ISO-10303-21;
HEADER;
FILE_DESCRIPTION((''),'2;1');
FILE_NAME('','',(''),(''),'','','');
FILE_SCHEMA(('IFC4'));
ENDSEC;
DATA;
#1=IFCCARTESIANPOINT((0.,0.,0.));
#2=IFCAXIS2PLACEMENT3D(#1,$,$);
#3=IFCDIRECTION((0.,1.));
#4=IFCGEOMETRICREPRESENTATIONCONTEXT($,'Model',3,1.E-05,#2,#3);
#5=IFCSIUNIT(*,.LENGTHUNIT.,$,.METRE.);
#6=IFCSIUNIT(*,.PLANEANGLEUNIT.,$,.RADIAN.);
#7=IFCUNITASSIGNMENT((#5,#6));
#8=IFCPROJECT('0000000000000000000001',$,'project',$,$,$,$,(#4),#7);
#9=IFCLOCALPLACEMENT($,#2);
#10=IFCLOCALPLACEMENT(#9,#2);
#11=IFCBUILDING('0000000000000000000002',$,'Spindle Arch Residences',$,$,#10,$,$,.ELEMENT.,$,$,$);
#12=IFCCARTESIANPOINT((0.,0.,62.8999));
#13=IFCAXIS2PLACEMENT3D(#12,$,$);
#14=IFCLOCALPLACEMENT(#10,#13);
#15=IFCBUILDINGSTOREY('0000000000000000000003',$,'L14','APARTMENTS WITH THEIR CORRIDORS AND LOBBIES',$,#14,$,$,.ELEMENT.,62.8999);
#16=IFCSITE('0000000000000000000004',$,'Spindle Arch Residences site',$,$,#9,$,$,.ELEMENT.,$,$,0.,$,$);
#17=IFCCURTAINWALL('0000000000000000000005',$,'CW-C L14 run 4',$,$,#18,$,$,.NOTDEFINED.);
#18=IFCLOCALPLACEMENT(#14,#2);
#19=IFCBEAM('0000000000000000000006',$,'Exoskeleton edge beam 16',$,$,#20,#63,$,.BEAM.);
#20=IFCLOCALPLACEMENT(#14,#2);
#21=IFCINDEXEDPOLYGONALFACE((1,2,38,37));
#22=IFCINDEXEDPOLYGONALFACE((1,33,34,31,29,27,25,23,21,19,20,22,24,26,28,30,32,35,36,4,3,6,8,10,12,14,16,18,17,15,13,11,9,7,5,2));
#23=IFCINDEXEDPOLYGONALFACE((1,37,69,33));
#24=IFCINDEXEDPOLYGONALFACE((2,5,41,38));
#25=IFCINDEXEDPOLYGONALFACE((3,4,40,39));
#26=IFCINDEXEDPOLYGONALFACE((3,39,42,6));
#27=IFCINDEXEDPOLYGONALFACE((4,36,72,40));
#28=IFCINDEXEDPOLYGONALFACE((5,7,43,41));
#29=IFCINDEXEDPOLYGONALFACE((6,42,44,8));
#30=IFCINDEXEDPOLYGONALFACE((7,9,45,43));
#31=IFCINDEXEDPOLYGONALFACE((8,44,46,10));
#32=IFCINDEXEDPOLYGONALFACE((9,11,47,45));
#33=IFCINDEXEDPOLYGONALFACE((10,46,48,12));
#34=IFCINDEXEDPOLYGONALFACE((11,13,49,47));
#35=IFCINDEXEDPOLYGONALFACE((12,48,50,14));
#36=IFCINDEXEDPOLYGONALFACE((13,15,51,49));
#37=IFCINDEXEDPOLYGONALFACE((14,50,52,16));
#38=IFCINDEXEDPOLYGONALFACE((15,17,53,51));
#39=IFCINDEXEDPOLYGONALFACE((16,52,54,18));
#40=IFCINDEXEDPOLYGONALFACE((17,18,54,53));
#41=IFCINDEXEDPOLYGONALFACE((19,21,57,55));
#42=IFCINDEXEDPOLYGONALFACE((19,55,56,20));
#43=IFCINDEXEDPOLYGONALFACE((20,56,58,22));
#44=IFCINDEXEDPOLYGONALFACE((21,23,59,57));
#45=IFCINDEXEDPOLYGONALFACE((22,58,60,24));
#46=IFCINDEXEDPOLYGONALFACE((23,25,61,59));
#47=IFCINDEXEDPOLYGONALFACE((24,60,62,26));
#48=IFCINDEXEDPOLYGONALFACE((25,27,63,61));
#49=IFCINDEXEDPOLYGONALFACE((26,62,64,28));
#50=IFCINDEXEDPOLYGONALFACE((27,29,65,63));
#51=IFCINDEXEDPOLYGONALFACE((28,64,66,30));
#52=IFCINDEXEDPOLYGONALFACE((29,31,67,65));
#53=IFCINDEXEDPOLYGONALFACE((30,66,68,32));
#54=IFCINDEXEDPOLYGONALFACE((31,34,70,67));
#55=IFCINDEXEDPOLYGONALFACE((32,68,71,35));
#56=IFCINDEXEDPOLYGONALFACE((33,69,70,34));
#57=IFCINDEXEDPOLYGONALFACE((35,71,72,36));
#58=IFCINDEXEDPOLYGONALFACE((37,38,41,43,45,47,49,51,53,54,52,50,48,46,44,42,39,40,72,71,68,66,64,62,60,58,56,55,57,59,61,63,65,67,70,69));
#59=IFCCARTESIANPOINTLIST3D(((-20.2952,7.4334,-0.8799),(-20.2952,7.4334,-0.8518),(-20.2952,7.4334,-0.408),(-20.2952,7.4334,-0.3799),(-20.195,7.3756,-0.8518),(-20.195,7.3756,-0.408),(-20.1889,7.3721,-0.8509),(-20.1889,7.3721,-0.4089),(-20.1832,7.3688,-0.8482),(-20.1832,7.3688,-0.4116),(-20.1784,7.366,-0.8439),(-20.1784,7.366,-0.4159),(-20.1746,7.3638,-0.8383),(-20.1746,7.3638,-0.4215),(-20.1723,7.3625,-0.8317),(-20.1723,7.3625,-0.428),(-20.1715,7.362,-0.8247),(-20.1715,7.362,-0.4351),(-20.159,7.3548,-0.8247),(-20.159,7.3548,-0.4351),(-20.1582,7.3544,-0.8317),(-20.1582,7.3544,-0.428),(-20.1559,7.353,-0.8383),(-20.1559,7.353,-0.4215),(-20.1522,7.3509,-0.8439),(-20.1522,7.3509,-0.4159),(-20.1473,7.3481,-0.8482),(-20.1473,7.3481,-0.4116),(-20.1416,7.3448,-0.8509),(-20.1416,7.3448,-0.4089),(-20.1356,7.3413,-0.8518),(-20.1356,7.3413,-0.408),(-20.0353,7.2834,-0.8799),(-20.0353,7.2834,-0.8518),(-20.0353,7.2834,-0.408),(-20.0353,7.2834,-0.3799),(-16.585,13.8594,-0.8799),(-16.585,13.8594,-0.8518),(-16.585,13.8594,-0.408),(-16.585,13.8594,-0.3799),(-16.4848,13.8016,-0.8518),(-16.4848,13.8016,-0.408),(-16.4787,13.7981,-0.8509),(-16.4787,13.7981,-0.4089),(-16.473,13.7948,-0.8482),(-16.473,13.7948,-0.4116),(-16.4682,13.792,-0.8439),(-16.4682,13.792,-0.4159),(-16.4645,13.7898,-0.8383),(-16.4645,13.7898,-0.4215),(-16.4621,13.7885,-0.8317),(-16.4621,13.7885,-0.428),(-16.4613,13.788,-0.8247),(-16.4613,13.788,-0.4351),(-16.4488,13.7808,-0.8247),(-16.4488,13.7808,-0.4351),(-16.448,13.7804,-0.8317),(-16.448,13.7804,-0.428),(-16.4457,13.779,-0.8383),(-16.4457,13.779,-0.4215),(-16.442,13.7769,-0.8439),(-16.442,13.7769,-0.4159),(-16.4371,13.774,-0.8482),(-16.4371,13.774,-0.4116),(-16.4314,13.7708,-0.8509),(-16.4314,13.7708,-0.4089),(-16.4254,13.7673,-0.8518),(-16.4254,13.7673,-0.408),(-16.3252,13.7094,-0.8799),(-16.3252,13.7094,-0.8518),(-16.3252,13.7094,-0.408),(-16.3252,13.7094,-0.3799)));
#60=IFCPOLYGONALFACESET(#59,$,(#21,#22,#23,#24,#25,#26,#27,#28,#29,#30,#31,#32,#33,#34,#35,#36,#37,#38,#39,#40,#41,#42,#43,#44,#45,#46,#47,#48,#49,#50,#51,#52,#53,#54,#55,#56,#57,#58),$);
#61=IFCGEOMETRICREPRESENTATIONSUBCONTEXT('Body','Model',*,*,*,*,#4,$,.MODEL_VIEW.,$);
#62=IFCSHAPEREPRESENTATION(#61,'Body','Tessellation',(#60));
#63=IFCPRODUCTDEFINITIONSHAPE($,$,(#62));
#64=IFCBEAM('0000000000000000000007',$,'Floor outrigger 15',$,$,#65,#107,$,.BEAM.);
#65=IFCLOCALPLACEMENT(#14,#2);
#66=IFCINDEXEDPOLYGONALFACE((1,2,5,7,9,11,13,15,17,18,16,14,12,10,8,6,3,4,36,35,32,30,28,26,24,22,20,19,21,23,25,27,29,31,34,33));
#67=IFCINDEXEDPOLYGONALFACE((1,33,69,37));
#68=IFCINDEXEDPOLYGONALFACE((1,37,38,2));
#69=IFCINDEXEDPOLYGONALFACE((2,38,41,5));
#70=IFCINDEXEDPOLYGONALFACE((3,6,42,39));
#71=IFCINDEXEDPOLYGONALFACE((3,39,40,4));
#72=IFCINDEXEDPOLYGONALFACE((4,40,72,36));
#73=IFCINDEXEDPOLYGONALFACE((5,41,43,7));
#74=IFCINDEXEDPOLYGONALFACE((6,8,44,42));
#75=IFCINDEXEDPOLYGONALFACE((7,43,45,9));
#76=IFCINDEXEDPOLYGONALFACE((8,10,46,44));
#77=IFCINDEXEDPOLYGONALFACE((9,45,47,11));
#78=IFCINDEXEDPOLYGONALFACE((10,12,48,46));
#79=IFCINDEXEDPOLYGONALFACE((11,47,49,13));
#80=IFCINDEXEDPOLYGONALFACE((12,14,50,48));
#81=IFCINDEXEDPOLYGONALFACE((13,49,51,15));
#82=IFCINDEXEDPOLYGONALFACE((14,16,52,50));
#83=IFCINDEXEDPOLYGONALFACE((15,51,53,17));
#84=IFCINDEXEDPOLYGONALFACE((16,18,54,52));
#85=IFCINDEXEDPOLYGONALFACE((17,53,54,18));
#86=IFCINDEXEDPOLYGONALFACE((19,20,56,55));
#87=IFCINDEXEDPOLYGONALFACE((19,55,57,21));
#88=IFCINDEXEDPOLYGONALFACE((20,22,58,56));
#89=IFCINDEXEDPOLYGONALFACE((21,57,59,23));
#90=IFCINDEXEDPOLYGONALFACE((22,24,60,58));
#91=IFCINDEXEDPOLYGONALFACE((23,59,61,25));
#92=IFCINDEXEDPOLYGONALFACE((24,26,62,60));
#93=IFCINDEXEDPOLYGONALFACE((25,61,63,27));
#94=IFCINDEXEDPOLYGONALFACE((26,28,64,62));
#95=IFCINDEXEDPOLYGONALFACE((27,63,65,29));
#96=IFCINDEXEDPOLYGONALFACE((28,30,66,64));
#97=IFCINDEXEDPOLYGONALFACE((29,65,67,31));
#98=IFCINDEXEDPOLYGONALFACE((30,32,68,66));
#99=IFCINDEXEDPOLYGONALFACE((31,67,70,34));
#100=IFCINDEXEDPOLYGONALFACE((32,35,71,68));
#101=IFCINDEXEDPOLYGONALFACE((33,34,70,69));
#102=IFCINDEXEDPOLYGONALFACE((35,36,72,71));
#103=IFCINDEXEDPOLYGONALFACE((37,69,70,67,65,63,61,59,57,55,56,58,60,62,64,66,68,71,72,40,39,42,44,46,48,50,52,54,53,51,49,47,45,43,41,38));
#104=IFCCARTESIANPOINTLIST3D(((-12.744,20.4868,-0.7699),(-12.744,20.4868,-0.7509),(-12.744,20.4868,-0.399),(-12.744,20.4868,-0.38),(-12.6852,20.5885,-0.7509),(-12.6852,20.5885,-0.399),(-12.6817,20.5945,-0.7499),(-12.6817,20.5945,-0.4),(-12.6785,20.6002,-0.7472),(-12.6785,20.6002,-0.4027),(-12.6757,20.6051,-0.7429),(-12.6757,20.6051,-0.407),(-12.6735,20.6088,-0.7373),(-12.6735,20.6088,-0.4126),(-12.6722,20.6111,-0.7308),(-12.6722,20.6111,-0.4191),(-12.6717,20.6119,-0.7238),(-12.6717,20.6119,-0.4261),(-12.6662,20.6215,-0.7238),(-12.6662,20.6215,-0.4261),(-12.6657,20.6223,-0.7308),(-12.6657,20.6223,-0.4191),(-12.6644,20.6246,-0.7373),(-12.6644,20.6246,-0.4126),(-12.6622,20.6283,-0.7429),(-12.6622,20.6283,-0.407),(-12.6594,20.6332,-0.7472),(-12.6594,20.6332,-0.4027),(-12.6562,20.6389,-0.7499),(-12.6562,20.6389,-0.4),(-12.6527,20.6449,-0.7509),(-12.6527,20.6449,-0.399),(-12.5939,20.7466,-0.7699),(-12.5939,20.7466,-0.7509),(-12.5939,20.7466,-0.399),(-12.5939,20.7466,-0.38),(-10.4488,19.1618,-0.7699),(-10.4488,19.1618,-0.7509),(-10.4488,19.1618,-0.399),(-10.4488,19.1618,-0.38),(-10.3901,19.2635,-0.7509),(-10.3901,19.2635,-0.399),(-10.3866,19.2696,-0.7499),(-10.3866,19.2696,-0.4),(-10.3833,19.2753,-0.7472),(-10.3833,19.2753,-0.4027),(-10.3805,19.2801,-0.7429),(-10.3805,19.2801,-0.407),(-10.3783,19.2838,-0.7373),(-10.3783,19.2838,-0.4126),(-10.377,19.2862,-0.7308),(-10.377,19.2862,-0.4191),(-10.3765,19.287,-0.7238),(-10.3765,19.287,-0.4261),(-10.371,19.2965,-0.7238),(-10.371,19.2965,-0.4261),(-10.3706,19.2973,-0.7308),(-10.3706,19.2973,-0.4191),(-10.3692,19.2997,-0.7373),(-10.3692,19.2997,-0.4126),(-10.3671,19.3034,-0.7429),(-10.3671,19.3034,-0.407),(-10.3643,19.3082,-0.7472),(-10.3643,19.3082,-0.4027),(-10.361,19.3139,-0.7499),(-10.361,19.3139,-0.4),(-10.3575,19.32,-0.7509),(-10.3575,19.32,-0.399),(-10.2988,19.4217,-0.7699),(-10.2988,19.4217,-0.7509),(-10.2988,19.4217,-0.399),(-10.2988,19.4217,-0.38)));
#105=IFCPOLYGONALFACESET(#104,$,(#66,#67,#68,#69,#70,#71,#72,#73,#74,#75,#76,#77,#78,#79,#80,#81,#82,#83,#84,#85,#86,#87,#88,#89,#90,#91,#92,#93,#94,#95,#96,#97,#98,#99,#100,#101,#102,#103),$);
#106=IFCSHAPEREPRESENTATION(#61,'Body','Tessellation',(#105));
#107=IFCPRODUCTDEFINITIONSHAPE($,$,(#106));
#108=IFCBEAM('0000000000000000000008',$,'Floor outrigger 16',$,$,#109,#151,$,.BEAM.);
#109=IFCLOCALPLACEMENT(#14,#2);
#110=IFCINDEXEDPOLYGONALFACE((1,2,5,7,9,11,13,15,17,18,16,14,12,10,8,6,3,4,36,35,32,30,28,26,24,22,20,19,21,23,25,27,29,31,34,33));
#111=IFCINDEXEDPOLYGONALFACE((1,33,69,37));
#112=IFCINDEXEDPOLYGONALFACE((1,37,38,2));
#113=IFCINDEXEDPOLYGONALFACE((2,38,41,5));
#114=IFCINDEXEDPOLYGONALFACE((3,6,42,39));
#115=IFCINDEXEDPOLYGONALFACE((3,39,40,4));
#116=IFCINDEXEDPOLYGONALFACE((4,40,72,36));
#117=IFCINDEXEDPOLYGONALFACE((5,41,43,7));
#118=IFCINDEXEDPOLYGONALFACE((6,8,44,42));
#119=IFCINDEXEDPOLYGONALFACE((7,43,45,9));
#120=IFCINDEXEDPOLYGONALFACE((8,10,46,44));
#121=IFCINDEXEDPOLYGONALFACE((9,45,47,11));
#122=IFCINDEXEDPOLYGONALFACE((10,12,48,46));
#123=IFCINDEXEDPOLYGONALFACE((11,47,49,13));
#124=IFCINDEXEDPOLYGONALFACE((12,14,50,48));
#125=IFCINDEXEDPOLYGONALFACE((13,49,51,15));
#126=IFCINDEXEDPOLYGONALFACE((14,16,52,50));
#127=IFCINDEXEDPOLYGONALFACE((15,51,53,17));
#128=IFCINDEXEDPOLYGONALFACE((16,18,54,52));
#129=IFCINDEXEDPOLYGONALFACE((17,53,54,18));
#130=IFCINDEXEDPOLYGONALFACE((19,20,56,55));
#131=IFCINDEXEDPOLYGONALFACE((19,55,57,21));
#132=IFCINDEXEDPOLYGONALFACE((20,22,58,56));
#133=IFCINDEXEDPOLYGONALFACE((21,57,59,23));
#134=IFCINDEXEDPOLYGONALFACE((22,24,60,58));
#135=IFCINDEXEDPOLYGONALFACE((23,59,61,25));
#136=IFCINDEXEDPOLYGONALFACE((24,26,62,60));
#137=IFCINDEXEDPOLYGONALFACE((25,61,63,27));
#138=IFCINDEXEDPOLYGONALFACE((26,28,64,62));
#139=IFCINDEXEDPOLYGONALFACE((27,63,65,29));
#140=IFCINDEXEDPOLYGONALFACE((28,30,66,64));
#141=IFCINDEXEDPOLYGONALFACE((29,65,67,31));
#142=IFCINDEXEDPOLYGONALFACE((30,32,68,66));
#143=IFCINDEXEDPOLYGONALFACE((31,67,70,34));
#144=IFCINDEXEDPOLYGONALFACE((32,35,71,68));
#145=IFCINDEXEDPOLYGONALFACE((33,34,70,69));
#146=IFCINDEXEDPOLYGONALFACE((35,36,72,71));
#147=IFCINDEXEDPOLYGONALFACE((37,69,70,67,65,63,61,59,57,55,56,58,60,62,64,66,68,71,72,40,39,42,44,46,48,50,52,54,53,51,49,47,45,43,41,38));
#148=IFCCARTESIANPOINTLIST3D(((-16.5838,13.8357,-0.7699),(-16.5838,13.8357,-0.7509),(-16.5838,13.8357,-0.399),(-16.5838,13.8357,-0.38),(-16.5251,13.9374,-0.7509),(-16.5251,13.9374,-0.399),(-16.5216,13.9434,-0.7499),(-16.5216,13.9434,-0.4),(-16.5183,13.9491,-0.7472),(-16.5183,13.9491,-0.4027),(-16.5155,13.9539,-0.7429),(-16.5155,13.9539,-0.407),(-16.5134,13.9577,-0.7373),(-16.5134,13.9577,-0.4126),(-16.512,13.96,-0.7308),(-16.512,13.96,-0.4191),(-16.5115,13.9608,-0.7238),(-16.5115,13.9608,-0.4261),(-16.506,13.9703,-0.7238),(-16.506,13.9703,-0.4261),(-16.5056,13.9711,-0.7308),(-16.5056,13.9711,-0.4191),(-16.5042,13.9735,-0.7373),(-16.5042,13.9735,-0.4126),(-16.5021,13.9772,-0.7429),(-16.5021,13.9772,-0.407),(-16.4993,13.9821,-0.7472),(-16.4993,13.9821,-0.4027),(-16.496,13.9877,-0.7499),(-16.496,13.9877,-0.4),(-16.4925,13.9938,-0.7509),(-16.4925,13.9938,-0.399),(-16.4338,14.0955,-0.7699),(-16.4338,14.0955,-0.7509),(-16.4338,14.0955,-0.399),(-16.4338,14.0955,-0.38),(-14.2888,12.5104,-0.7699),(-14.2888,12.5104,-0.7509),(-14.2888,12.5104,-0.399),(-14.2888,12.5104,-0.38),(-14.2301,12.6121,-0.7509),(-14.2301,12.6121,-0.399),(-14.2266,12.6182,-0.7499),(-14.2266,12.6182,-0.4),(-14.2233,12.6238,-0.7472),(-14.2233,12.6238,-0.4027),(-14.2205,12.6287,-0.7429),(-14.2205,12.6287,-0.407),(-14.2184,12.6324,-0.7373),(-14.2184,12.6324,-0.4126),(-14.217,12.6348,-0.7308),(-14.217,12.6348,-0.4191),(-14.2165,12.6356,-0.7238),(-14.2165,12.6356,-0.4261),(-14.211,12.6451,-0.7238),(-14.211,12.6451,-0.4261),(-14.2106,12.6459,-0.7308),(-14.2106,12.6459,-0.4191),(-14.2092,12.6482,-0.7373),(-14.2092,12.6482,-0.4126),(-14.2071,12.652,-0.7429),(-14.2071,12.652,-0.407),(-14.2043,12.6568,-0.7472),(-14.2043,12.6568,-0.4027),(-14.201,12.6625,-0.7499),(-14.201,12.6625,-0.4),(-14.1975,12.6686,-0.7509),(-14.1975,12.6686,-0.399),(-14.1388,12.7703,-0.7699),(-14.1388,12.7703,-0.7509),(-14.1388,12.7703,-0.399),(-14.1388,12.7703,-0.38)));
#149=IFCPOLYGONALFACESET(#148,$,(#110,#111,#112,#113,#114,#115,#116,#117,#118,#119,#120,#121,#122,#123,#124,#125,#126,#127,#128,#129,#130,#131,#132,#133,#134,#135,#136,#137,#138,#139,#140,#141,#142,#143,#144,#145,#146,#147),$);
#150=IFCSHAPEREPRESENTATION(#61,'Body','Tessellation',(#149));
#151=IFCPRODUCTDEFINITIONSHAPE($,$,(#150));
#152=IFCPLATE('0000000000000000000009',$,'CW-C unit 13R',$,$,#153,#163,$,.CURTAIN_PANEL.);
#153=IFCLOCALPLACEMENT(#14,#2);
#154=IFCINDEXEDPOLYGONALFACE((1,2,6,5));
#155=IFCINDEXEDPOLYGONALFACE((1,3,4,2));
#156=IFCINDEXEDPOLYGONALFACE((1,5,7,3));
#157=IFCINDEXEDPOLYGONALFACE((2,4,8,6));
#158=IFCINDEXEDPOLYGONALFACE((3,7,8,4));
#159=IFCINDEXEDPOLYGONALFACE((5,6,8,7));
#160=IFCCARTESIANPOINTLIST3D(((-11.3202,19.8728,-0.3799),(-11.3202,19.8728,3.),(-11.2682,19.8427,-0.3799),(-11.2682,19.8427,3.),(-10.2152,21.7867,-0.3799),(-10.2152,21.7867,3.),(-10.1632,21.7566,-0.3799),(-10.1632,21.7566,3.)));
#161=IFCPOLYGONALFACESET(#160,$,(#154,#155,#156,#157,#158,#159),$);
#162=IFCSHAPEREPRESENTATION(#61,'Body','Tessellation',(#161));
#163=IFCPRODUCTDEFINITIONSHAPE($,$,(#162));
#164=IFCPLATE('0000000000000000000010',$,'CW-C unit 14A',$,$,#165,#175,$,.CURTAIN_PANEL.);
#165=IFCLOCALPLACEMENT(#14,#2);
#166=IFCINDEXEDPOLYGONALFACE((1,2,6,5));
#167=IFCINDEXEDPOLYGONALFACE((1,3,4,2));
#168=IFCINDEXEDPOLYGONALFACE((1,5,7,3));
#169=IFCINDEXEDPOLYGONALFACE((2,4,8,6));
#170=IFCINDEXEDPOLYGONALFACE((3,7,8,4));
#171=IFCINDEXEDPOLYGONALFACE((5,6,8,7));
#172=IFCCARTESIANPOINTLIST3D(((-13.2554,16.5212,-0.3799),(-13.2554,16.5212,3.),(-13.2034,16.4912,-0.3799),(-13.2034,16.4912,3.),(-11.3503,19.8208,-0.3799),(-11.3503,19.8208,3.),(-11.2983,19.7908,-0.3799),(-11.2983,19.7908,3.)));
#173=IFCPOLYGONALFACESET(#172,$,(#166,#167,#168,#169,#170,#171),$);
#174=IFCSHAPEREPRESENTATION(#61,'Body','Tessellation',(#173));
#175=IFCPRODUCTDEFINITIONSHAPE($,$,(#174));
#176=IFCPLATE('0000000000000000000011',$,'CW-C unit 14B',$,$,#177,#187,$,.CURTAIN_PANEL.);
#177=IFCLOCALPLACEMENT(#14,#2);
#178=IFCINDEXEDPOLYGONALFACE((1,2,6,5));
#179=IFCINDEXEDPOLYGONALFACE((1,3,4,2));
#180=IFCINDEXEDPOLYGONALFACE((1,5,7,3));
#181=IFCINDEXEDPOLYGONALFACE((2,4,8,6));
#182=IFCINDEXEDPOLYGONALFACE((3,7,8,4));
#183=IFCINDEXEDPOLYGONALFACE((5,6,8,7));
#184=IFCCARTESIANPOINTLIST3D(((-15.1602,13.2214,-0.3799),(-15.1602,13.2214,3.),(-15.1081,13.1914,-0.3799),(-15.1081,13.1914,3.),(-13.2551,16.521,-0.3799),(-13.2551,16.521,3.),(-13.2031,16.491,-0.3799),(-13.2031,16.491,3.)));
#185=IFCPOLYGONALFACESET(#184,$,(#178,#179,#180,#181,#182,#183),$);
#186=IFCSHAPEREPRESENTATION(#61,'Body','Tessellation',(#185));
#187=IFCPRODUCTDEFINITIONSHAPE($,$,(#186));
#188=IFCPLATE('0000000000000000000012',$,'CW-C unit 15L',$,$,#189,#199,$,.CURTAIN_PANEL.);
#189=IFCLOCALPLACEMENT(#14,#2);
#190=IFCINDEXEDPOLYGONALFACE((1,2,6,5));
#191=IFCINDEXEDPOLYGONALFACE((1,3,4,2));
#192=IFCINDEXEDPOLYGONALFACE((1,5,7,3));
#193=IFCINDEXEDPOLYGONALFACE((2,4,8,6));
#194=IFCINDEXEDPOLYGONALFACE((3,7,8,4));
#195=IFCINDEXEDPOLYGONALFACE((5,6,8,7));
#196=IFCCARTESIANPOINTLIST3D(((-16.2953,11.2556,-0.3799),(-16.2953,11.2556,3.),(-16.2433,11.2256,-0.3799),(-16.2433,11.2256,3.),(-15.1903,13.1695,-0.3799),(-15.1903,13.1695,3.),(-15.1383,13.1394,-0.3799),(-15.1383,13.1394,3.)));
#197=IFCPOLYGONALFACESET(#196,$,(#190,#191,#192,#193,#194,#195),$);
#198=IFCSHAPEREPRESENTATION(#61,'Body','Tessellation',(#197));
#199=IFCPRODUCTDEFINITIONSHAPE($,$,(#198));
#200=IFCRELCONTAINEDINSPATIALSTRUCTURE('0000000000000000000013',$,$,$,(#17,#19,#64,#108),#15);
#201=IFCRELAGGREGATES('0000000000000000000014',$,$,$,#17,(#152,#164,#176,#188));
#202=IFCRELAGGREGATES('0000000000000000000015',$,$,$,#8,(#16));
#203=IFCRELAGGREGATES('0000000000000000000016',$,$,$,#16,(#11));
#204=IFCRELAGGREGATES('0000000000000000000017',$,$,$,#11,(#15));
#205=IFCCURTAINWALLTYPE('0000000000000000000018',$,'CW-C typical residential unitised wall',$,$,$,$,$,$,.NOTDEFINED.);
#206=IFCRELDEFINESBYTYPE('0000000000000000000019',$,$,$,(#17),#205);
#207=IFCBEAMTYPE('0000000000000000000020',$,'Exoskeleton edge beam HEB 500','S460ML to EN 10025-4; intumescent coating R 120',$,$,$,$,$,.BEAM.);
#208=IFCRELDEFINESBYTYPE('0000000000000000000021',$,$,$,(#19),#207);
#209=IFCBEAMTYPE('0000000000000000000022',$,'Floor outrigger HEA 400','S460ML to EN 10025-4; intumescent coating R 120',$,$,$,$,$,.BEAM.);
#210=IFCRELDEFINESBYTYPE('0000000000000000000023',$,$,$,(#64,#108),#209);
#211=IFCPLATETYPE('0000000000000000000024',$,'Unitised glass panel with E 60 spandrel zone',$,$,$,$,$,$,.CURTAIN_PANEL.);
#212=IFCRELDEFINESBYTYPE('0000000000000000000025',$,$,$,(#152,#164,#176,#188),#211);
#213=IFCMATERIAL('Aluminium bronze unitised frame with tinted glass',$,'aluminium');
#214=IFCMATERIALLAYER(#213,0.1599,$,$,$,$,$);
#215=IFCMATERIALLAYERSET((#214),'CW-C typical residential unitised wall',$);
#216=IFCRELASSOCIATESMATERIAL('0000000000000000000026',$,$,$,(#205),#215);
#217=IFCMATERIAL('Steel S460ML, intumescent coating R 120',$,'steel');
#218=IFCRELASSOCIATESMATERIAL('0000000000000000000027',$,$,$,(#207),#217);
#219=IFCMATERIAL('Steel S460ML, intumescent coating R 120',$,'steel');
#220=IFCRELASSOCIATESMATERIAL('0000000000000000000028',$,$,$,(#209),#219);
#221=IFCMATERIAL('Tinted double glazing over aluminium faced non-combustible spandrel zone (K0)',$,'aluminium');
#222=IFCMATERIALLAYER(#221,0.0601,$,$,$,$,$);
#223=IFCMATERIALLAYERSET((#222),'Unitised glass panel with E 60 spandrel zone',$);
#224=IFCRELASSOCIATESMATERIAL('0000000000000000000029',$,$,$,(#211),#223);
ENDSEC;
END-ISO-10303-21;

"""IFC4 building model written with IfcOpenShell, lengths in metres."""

from ifc_helpers import new_model, si_unit, direction, frame, origin, origin_2d, place, context, subcontext, project, spatial, rectangle, i_section, extrude, material, layer, layer_set, material_profile, profile_set, type_object, element, aggregate, save


model = new_model("IFC4")

# Units and contexts
model_context = context("Model", 3, precision=1e-05, world=origin(), true_north=direction((0.0, 1.0)))
body_context = subcontext(model_context, "Body", "Model", "MODEL_VIEW")
ifc_project = project(units=[si_unit("LENGTHUNIT", "METRE"), si_unit("PLANEANGLEUNIT", "RADIAN")], contexts=[model_context])

# Site, building, storey
site_placement = place(None, origin())
site = spatial("IfcSite", under=ifc_project, at=site_placement, Name="Spindle Arch Residences site", CompositionType="ELEMENT", RefElevation=0.0)
building_placement = place(site_placement, origin())
building = spatial("IfcBuilding", under=site, at=building_placement, Name="Spindle Arch Residences", CompositionType="ELEMENT")
storey_placement = place(building_placement, frame((0.0, 0.0, 62.8999)))
storey = spatial("IfcBuildingStorey", under=building, at=storey_placement, Name="L14", Description="APARTMENTS WITH THEIR CORRIDORS AND LOBBIES", CompositionType="ELEMENT", Elevation=62.8999)

# Curtain wall
ifc_material_1 = material(Name="Aluminium bronze unitised frame with tinted glass", Category="aluminium")
ifc_layer_1 = layer(ifc_material_1, 0.1599)
ifc_layer_set_1 = layer_set([ifc_layer_1], Name="CW-C typical residential unitised wall")
curtain_wall_type = type_object("IfcCurtainWallType", Name="CW-C typical residential unitised wall", PredefinedType="NOTDEFINED", material=ifc_layer_set_1)
curtain_wall_placement = place(storey_placement, origin())
curtain_wall = element("IfcCurtainWall", 1, at=curtain_wall_placement, inside=storey, type_object=curtain_wall_type, Name="CW-C L14 run 4", PredefinedType="NOTDEFINED")

# Beams
ifc_material_2 = material(Name="Steel S460ML, intumescent coating R 120", Category="steel")
ifc_material_profile_1 = material_profile(ifc_material_2, i_section(OverallWidth=0.3, OverallDepth=0.5, WebThickness=0.0144, FlangeThickness=0.0281, FilletRadius=0.0271, at=origin_2d()), Name="HEB 500")
ifc_profile_set_1 = profile_set([ifc_material_profile_1], Name="Steel S460ML, intumescent coating R 120")
beam_type_1 = type_object("IfcBeamType", Name="Exoskeleton edge beam HEB 500", Description="S460ML to EN 10025-4; intumescent coating R 120", PredefinedType="BEAM", material=ifc_profile_set_1)
for number, where, z_axis, x_axis, name in (
    (2, (-16.4551, 13.7844, -0.6299), (-0.500014, -0.866017, 0.0), (0.866017, -0.500014, 0.0), "Exoskeleton edge beam 16"),
):
    element("IfcBeam", number, at=place(storey_placement, frame(where, z_axis=z_axis, x_axis=x_axis)), inside=storey, type_object=beam_type_1, Name=name, PredefinedType="BEAM", context=body_context, shape_type="SweptSolid", body=[
        extrude(i_section(OverallWidth=0.3, OverallDepth=0.5, WebThickness=0.0144, FlangeThickness=0.0281, FilletRadius=0.0271, at=origin_2d()), origin(), (0.0, 0.0, 1.0), 7.4202),
    ])
ifc_material_3 = material(Name="Steel S460ML, intumescent coating R 120", Category="steel")
ifc_material_profile_2 = material_profile(ifc_material_3, i_section(OverallWidth=0.3, OverallDepth=0.3899, WebThickness=0.011, FlangeThickness=0.019, FilletRadius=0.0271, at=origin_2d()), Name="HEA 400")
ifc_profile_set_2 = profile_set([ifc_material_profile_2], Name="Steel S460ML, intumescent coating R 120")
beam_type_2 = type_object("IfcBeamType", Name="Floor outrigger HEA 400", Description="S460ML to EN 10025-4; intumescent coating R 120", PredefinedType="BEAM", material=ifc_profile_set_2)
for number, where, z_axis, x_axis, name in (
    (3, (-12.6689, 20.6167, -0.575), (0.866052, -0.499954, 0.0), (0.499954, 0.866052, 0.0), "Floor outrigger 15"),
    (4, (-16.5088, 13.9656, -0.575), (0.865989, -0.500063, 0.0), (0.500063, 0.865989, 0.0), "Floor outrigger 16"),
):
    element("IfcBeam", number, at=place(storey_placement, frame(where, z_axis=z_axis, x_axis=x_axis)), inside=storey, type_object=beam_type_2, Name=name, PredefinedType="BEAM", context=body_context, shape_type="SweptSolid", body=[
        extrude(i_section(OverallWidth=0.3, OverallDepth=0.3899, WebThickness=0.011, FlangeThickness=0.019, FilletRadius=0.0271, at=origin_2d()), origin(), (0.0, 0.0, 1.0), 2.6501),
    ])

# Plates
ifc_material_4 = material(Name="Tinted double glazing over aluminium faced non-combustible spandrel zone (K0)", Category="aluminium")
ifc_layer_2 = layer(ifc_material_4, 0.0601)
ifc_layer_set_2 = layer_set([ifc_layer_2], Name="Unitised glass panel with E 60 spandrel zone")
plate_type = type_object("IfcPlateType", Name="Unitised glass panel with E 60 spandrel zone", PredefinedType="CURTAIN_PANEL", material=ifc_layer_set_2)
plate_1_placement = place(storey_placement, frame((-10.7417, 20.8147, -0.3799), z_axis=(0.0, 0.0, 1.0), x_axis=(-0.5, -0.866025, 0.0)))
plate_1 = element("IfcPlate", 5, at=plate_1_placement, type_object=plate_type, Name="CW-C unit 13R", PredefinedType="CURTAIN_PANEL", context=body_context, shape_type="SweptSolid", body=[
    extrude(rectangle(XDim=2.21, YDim=0.0601, at=origin_2d()), origin(), (0.0, 0.0, 1.0), 3.3799),
])
plate_2_placement = place(storey_placement, frame((-12.2769, 18.156, -0.3799), z_axis=(0.0, 0.0, 1.0), x_axis=(-0.5, -0.866025, 0.0)))
plate_2 = element("IfcPlate", 6, at=plate_2_placement, type_object=plate_type, Name="CW-C unit 14A", PredefinedType="CURTAIN_PANEL", context=body_context, shape_type="SweptSolid", body=[
    extrude(rectangle(XDim=3.8101, YDim=0.0601, at=origin_2d()), origin(), (0.0, 0.0, 1.0), 3.3799),
])
plate_3_placement = place(storey_placement, frame((-14.1816, 14.8562, -0.3799), z_axis=(0.0, 0.0, 1.0), x_axis=(-0.5, -0.866025, 0.0)))
plate_3 = element("IfcPlate", 7, at=plate_3_placement, type_object=plate_type, Name="CW-C unit 14B", PredefinedType="CURTAIN_PANEL", context=body_context, shape_type="SweptSolid", body=[
    extrude(rectangle(XDim=3.8101, YDim=0.0601, at=origin_2d()), origin(), (0.0, 0.0, 1.0), 3.3799),
])
plate_4_placement = place(storey_placement, frame((-15.7168, 12.1975, -0.3799), z_axis=(0.0, 0.0, 1.0), x_axis=(-0.5, -0.866025, 0.0)))
plate_4 = element("IfcPlate", 8, at=plate_4_placement, type_object=plate_type, Name="CW-C unit 15L", PredefinedType="CURTAIN_PANEL", context=body_context, shape_type="SweptSolid", body=[
    extrude(rectangle(XDim=2.21, YDim=0.0601, at=origin_2d()), origin(), (0.0, 0.0, 1.0), 3.3799),
])
aggregate(curtain_wall, [plate_1, plate_2, plate_3, plate_4])

save(model, "model.ifc")
